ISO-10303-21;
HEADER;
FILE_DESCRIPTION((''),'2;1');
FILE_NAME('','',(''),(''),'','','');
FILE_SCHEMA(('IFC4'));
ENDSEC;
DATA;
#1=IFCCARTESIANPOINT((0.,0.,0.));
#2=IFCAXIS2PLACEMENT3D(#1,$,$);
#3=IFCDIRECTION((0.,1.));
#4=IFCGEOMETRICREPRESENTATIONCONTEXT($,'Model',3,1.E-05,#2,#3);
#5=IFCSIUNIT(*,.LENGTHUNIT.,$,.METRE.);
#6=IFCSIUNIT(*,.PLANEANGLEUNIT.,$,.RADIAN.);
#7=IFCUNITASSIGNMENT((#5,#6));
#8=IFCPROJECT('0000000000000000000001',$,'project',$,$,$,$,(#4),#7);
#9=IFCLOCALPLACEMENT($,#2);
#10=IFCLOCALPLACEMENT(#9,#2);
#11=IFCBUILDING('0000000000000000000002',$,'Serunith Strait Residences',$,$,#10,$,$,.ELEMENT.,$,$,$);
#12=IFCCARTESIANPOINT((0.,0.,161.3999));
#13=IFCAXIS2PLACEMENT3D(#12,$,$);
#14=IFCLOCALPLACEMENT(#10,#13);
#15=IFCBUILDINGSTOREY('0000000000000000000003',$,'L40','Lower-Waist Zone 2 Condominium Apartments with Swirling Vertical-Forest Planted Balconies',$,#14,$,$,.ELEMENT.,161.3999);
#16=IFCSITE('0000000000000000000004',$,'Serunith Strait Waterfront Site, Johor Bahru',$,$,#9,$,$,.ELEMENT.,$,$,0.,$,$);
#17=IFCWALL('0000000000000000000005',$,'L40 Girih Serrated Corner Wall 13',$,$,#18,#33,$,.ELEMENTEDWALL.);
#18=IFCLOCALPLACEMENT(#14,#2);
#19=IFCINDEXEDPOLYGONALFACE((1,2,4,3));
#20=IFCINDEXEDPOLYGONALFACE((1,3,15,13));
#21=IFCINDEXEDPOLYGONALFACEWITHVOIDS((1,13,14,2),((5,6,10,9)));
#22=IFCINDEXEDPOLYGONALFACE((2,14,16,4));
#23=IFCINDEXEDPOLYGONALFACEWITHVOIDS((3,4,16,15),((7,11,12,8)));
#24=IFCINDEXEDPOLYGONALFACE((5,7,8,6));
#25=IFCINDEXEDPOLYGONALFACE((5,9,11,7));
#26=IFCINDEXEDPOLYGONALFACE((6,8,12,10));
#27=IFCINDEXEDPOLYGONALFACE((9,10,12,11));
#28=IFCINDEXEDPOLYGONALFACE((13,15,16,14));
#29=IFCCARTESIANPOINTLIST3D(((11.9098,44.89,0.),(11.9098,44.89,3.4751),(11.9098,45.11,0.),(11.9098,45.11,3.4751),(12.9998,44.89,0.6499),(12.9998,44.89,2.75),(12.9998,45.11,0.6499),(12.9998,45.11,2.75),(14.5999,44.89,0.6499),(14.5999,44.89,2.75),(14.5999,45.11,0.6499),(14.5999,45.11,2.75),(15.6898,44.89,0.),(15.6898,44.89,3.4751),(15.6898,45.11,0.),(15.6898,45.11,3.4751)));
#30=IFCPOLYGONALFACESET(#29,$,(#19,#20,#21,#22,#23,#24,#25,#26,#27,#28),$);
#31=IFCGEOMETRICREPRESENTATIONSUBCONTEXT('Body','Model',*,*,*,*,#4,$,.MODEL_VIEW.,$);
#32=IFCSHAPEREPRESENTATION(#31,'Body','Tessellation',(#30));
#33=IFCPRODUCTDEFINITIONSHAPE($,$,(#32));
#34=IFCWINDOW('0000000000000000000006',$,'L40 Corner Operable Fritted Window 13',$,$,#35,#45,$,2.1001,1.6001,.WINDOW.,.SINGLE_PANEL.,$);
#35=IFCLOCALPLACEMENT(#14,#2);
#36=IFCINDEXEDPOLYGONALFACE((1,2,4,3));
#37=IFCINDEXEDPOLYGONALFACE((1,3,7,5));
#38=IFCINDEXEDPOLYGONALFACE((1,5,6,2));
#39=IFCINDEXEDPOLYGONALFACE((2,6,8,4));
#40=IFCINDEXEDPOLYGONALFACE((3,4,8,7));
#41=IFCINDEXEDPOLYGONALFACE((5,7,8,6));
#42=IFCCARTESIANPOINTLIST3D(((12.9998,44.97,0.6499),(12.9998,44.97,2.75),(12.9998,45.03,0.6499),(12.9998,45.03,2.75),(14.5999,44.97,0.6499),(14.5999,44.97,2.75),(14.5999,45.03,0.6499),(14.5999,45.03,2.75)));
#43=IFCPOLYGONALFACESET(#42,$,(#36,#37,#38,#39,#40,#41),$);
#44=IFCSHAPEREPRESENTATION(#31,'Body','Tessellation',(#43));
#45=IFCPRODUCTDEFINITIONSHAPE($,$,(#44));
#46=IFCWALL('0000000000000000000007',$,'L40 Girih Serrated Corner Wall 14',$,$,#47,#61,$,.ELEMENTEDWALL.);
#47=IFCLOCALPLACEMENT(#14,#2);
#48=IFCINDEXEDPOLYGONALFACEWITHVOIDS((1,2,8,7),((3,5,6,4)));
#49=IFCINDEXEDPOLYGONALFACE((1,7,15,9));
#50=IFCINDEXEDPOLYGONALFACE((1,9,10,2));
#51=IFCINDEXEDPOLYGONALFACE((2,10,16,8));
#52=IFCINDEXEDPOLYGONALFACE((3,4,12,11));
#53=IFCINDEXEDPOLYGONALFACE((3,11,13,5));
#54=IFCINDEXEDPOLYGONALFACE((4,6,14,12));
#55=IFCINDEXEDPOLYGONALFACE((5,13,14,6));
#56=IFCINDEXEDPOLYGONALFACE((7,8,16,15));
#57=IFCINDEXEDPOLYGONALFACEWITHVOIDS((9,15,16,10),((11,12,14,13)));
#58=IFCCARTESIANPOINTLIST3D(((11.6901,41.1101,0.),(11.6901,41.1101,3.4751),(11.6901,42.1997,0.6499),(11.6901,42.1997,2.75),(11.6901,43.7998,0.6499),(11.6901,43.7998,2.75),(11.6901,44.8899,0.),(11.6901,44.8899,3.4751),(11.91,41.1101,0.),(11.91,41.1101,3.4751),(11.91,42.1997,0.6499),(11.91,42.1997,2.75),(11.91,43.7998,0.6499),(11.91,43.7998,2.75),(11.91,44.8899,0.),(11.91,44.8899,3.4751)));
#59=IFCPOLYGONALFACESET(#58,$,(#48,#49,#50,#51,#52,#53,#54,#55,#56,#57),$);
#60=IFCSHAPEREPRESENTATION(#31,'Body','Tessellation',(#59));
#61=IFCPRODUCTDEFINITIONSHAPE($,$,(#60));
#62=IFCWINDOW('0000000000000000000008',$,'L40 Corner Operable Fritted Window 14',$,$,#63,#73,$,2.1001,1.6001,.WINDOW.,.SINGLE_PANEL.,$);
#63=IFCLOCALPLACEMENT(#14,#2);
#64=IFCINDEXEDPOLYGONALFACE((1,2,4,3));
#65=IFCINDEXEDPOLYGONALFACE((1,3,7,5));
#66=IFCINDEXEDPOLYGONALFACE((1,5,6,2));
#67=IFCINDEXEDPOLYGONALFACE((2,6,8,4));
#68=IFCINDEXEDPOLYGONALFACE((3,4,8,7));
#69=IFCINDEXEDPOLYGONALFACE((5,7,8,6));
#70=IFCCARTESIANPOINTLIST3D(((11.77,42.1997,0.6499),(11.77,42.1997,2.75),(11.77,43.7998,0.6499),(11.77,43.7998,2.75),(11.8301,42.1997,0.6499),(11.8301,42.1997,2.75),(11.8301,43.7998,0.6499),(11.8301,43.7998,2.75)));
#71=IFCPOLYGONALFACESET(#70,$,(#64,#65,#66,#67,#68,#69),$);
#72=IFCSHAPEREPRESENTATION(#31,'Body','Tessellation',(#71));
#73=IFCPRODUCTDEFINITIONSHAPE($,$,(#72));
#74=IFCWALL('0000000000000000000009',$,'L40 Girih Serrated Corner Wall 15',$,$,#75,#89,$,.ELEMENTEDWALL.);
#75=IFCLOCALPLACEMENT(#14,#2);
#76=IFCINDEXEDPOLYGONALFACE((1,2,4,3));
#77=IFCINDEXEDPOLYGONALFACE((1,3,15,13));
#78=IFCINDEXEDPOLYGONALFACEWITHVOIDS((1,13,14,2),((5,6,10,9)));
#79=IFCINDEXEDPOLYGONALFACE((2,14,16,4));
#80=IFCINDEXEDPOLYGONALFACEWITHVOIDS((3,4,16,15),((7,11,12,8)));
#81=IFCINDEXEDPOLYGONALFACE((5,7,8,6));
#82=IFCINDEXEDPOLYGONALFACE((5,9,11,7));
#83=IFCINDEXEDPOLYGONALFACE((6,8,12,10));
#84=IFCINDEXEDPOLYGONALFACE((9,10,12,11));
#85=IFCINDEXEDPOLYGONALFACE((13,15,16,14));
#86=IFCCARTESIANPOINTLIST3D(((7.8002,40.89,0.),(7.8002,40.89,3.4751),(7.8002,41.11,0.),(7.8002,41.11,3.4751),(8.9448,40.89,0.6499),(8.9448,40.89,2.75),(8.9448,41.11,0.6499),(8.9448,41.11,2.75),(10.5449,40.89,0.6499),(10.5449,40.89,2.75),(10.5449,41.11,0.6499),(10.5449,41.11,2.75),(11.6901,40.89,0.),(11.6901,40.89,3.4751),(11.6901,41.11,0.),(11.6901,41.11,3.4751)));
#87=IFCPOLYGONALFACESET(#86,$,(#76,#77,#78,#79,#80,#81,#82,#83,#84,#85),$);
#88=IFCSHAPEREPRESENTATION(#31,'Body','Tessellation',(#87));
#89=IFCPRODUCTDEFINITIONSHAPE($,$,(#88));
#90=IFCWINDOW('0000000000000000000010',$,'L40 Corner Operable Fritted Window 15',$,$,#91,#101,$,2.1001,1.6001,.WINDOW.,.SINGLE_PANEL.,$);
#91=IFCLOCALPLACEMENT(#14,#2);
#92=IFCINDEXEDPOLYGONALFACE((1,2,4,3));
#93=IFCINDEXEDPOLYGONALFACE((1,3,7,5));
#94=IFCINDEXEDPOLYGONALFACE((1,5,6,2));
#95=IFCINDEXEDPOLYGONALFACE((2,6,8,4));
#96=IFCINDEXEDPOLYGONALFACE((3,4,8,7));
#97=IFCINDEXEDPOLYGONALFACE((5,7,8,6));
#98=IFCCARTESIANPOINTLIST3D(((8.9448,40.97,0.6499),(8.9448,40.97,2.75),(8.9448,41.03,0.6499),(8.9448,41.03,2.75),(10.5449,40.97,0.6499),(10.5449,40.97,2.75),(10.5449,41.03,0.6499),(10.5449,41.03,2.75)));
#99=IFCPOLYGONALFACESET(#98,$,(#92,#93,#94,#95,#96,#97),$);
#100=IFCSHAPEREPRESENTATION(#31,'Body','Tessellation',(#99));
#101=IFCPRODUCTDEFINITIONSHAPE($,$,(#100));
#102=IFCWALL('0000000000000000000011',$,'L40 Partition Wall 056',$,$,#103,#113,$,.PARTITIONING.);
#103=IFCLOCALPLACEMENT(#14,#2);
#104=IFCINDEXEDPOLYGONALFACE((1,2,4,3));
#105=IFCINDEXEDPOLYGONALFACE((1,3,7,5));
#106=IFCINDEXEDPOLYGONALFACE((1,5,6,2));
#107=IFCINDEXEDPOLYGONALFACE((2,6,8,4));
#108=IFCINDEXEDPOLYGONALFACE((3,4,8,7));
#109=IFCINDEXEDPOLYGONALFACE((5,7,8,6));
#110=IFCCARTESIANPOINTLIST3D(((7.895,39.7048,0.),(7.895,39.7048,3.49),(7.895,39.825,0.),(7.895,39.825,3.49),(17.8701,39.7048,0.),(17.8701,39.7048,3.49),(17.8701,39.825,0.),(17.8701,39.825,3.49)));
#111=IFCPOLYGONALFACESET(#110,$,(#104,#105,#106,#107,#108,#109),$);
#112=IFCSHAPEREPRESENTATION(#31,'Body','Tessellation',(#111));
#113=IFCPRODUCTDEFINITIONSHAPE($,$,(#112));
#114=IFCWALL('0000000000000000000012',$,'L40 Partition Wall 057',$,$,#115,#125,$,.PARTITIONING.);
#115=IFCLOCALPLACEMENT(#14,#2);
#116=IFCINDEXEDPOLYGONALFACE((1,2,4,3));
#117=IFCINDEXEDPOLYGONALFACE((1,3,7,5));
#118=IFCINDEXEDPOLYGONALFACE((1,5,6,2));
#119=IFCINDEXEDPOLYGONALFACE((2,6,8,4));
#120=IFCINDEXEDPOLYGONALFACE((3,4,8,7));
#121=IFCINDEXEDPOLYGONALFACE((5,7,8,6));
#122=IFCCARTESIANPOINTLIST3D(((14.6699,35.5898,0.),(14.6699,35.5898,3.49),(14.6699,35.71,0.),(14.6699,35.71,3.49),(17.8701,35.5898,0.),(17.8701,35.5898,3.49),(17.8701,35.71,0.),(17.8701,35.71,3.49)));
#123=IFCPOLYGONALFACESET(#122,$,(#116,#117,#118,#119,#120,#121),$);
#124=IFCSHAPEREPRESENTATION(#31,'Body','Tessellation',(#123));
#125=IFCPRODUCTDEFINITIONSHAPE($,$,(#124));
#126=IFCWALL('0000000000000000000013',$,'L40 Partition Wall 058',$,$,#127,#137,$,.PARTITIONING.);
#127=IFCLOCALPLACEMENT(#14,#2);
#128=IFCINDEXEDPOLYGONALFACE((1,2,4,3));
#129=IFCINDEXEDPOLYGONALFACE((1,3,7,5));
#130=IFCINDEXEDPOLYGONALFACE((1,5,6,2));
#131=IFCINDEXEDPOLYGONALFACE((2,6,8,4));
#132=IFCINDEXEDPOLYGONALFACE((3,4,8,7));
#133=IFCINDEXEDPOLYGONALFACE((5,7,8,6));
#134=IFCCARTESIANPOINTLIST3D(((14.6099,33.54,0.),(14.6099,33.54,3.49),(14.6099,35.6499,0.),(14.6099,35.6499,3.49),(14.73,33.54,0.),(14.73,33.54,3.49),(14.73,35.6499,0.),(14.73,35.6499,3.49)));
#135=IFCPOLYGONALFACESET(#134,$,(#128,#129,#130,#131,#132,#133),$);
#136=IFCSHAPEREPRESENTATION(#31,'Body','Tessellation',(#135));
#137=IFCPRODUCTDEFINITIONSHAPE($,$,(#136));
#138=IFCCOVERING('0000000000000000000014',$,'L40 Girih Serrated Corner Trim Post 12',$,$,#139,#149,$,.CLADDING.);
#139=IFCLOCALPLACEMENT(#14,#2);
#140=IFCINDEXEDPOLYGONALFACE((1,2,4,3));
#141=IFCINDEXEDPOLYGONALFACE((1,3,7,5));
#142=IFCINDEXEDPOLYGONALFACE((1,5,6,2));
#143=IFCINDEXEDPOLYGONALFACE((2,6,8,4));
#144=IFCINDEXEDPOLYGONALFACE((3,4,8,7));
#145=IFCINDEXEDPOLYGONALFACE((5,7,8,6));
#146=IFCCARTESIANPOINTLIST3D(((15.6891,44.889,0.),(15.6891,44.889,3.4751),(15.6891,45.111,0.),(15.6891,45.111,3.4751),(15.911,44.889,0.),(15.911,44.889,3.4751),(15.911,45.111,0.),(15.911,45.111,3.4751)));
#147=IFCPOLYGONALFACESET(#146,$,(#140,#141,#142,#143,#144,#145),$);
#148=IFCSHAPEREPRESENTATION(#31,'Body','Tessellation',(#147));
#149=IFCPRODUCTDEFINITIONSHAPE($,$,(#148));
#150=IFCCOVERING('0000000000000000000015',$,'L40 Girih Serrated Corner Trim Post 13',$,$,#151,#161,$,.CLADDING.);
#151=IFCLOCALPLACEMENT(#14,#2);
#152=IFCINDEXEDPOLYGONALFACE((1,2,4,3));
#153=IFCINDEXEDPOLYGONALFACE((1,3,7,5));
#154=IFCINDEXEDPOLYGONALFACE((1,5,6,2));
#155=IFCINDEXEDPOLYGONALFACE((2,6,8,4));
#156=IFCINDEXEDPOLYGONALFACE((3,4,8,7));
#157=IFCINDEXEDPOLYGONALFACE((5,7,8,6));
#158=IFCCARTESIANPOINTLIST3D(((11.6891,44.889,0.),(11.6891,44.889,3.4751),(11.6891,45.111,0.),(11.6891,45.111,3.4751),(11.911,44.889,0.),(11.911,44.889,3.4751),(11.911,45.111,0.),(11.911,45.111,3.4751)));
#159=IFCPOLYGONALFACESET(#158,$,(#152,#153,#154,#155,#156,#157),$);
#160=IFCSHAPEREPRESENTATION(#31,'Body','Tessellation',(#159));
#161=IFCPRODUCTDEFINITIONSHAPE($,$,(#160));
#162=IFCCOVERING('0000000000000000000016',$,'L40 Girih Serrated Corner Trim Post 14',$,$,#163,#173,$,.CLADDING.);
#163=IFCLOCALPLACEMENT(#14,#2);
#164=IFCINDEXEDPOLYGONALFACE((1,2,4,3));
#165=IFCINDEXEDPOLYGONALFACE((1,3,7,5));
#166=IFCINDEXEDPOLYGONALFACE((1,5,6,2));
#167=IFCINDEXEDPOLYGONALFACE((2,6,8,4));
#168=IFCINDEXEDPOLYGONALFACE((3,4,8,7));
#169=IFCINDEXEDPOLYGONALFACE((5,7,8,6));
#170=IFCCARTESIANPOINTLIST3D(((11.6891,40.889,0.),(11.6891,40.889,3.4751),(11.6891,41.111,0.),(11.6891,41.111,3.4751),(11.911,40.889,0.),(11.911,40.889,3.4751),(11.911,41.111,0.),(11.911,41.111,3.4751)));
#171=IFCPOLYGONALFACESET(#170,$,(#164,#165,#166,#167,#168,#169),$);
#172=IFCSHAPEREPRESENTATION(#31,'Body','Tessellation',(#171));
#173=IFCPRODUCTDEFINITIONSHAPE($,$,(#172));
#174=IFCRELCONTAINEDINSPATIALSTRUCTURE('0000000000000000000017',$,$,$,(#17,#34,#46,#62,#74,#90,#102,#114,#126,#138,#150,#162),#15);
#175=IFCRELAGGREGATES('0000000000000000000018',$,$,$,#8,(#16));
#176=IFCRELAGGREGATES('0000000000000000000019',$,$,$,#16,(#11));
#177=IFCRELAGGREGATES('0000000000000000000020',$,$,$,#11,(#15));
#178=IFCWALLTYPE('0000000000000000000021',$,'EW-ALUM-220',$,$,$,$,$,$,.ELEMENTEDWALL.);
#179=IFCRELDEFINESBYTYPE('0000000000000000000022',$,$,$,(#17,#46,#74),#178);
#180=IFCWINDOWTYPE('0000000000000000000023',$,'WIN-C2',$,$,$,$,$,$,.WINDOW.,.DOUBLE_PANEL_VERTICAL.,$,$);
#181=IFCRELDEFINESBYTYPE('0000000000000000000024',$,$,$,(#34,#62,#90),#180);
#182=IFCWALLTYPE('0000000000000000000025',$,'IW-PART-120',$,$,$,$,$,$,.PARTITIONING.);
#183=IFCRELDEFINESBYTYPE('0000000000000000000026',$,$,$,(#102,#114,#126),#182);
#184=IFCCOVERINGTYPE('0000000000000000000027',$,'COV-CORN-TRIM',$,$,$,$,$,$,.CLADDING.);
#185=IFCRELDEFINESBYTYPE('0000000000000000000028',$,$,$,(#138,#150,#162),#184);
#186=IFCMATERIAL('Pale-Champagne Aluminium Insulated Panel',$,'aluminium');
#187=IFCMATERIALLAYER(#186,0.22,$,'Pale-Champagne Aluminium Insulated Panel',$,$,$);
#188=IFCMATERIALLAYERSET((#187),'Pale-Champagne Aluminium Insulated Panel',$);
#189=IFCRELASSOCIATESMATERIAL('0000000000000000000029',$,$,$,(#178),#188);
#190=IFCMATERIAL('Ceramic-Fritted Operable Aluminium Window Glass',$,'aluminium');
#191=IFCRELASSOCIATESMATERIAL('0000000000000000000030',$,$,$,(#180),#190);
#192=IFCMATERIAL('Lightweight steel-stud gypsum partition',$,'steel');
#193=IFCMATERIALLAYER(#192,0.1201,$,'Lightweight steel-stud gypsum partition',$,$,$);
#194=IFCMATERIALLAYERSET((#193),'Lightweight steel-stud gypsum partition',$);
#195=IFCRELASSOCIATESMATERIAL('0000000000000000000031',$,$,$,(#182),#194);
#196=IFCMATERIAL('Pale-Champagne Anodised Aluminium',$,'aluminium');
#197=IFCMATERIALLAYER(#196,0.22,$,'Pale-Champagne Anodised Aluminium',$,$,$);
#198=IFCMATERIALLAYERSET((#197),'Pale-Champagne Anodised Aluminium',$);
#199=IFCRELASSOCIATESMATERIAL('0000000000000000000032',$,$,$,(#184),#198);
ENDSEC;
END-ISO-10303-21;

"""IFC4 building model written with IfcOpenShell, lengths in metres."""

from ifc_helpers import new_model, si_unit, direction, frame, frame_2d, origin, origin_2d, place, context, subcontext, project, spatial, rectangle, extrude, source, transform, mapped, material, layer, layer_set, type_object, element, fill, save


model = new_model("IFC4")

# Units and contexts
model_context = context("Model", 3, precision=1e-05, world=origin(), true_north=direction((0.0, 1.0)))
body_context = subcontext(model_context, "Body", "Model", "MODEL_VIEW")
ifc_project = project(units=[si_unit("LENGTHUNIT", "METRE"), si_unit("PLANEANGLEUNIT", "RADIAN")], contexts=[model_context])

# Site, building, storey
site_placement = place(None, origin())
site = spatial("IfcSite", under=ifc_project, at=site_placement, Name="Serunith Strait Waterfront Site, Johor Bahru", CompositionType="ELEMENT", RefElevation=0.0)
building_placement = place(site_placement, origin())
building = spatial("IfcBuilding", under=site, at=building_placement, Name="Serunith Strait Residences", CompositionType="ELEMENT")
storey_placement = place(building_placement, frame((0.0, 0.0, 161.3999)))
storey = spatial("IfcBuildingStorey", under=building, at=storey_placement, Name="L40", Description="Lower-Waist Zone 2 Condominium Apartments with Swirling Vertical-Forest Planted Balconies", CompositionType="ELEMENT", Elevation=161.3999)

# Shared definitions
ifc_material_1 = material(Name="Pale-Champagne Anodised Aluminium", Category="aluminium")

# Walls, openings, windows
ifc_material_2 = material(Name="Pale-Champagne Aluminium Insulated Panel", Category="aluminium")
ifc_layer_1 = layer(ifc_material_2, 0.22, Name="Pale-Champagne Aluminium Insulated Panel")
ifc_layer_set_1 = layer_set([ifc_layer_1], Name="Pale-Champagne Aluminium Insulated Panel")
wall_type_1 = type_object("IfcWallType", Name="EW-ALUM-220", PredefinedType="ELEMENTEDWALL", material=ifc_layer_set_1)
ifc_material_3 = material(Name="Ceramic-Fritted Operable Aluminium Window Glass", Category="aluminium")
window_type = type_object("IfcWindowType", Name="WIN-C2", PartitioningType="DOUBLE_PANEL_VERTICAL", PredefinedType="WINDOW", material=ifc_material_3)
shared_shape_1 = source(origin(), body_context, "Body", "SweptSolid", [
    extrude(rectangle(XDim=1.6001, YDim=2.1001, at=frame_2d((0.8, 1.05))), frame((0.0, 0.03, 0.0), z_axis=(0.0, -1.0, 0.0), x_axis=(1.0, 0.0, 0.0)), (0.0, 0.0, 1.0), 0.0601),
])
wall_1_placement = place(storey_placement, frame((15.6899, 45.0, 0.0), z_axis=(0.0, 0.0, 1.0), x_axis=(-1.0, 0.0, 0.0)))
wall_1 = element("IfcWall", 1, at=wall_1_placement, inside=storey, type_object=wall_type_1, Name="L40 Girih Serrated Corner Wall 13", PredefinedType="ELEMENTEDWALL", context=body_context, shape_type="SweptSolid", body=[
    extrude(rectangle(XDim=3.78, YDim=0.22, at=frame_2d((1.8901, 0.0))), origin(), (0.0, 0.0, 1.0), 3.4751),
])
opening_1_placement = place(wall_1_placement, frame((1.0901, 0.0, 0.6499)))
opening_1 = element("IfcOpeningElement", 2, at=opening_1_placement, cuts=wall_1, PredefinedType="OPENING", context=body_context, shape_type="SweptSolid", body=[
    extrude(rectangle(XDim=1.6001, YDim=2.1001, at=frame_2d((0.8, 1.05))), frame((0.0, 0.1201, 0.0), z_axis=(0.0, -1.0, 0.0), x_axis=(1.0, 0.0, 0.0)), (0.0, 0.0, 1.0), 0.24),
])
window_1_placement = place(opening_1_placement, origin())
window_1 = element("IfcWindow", 3, at=window_1_placement, inside=storey, type_object=window_type, Name="L40 Corner Operable Fritted Window 13", OverallHeight=2.1001, OverallWidth=1.6001, PartitioningType="SINGLE_PANEL", PredefinedType="WINDOW", context=body_context, shape_type="MappedRepresentation", body=[
    mapped(shared_shape_1, transform((0.0, 0.0, 0.0), scale=1.0)),
])
fill(opening_1, window_1)
wall_2_placement = place(storey_placement, frame((11.8, 44.8899, 0.0), z_axis=(0.0, 0.0, 1.0), x_axis=(0.0, -1.0, 0.0)))
wall_2 = element("IfcWall", 4, at=wall_2_placement, inside=storey, type_object=wall_type_1, Name="L40 Girih Serrated Corner Wall 14", PredefinedType="ELEMENTEDWALL", context=body_context, shape_type="SweptSolid", body=[
    extrude(rectangle(XDim=3.7798, YDim=0.22, at=frame_2d((1.8899, 0.0))), origin(), (0.0, 0.0, 1.0), 3.4751),
])
opening_2_placement = place(wall_2_placement, frame((1.0901, 0.0, 0.6499)))
opening_2 = element("IfcOpeningElement", 5, at=opening_2_placement, cuts=wall_2, PredefinedType="OPENING", context=body_context, shape_type="SweptSolid", body=[
    extrude(rectangle(XDim=1.6001, YDim=2.1001, at=frame_2d((0.8, 1.05))), frame((0.0, 0.1201, 0.0), z_axis=(0.0, -1.0, 0.0), x_axis=(1.0, 0.0, 0.0)), (0.0, 0.0, 1.0), 0.24),
])
window_2_placement = place(opening_2_placement, origin())
window_2 = element("IfcWindow", 6, at=window_2_placement, inside=storey, type_object=window_type, Name="L40 Corner Operable Fritted Window 14", OverallHeight=2.1001, OverallWidth=1.6001, PartitioningType="SINGLE_PANEL", PredefinedType="WINDOW", context=body_context, shape_type="MappedRepresentation", body=[
    mapped(shared_shape_1, transform((0.0, 0.0, 0.0), scale=1.0)),
])
fill(opening_2, window_2)
wall_3_placement = place(storey_placement, frame((11.6899, 41.0, 0.0), z_axis=(0.0, 0.0, 1.0), x_axis=(-1.0, 0.0, 0.0)))
wall_3 = element("IfcWall", 7, at=wall_3_placement, inside=storey, type_object=wall_type_1, Name="L40 Girih Serrated Corner Wall 15", PredefinedType="ELEMENTEDWALL", context=body_context, shape_type="SweptSolid", body=[
    extrude(rectangle(XDim=3.8899, YDim=0.22, at=frame_2d((1.9448, 0.0))), origin(), (0.0, 0.0, 1.0), 3.4751),
])
opening_3_placement = place(wall_3_placement, frame((1.145, 0.0, 0.6499)))
opening_3 = element("IfcOpeningElement", 8, at=opening_3_placement, cuts=wall_3, PredefinedType="OPENING", context=body_context, shape_type="SweptSolid", body=[
    extrude(rectangle(XDim=1.6001, YDim=2.1001, at=frame_2d((0.8, 1.05))), frame((0.0, 0.1201, 0.0), z_axis=(0.0, -1.0, 0.0), x_axis=(1.0, 0.0, 0.0)), (0.0, 0.0, 1.0), 0.24),
])
window_3_placement = place(opening_3_placement, origin())
window_3 = element("IfcWindow", 9, at=window_3_placement, inside=storey, type_object=window_type, Name="L40 Corner Operable Fritted Window 15", OverallHeight=2.1001, OverallWidth=1.6001, PartitioningType="SINGLE_PANEL", PredefinedType="WINDOW", context=body_context, shape_type="MappedRepresentation", body=[
    mapped(shared_shape_1, transform((0.0, 0.0, 0.0), scale=1.0)),
])
fill(opening_3, window_3)

# Walls
ifc_material_4 = material(Name="Lightweight steel-stud gypsum partition", Category="steel")
ifc_layer_2 = layer(ifc_material_4, 0.1201, Name="Lightweight steel-stud gypsum partition")
ifc_layer_set_2 = layer_set([ifc_layer_2], Name="Lightweight steel-stud gypsum partition")
wall_type_2 = type_object("IfcWallType", Name="IW-PART-120", PredefinedType="PARTITIONING", material=ifc_layer_set_2)
wall_4_placement = place(storey_placement, frame((7.895, 39.7649, 0.0), z_axis=(0.0, 0.0, 1.0), x_axis=(1.0, 0.0, 0.0)))
element("IfcWall", 10, at=wall_4_placement, inside=storey, type_object=wall_type_2, Name="L40 Partition Wall 056", PredefinedType="PARTITIONING", context=body_context, shape_type="SweptSolid", body=[
    extrude(rectangle(XDim=9.9751, YDim=0.1201, at=frame_2d((4.9875, 0.0))), origin(), (0.0, 0.0, 1.0), 3.49),
])
wall_5_placement = place(storey_placement, frame((14.6699, 35.6499, 0.0), z_axis=(0.0, 0.0, 1.0), x_axis=(1.0, 0.0, 0.0)))
element("IfcWall", 11, at=wall_5_placement, inside=storey, type_object=wall_type_2, Name="L40 Partition Wall 057", PredefinedType="PARTITIONING", context=body_context, shape_type="SweptSolid", body=[
    extrude(rectangle(XDim=3.2002, YDim=0.1201, at=frame_2d((1.6001, 0.0))), origin(), (0.0, 0.0, 1.0), 3.49),
])
wall_6_placement = place(storey_placement, frame((14.6699, 35.6499, 0.0), z_axis=(0.0, 0.0, 1.0), x_axis=(0.0, -1.0, 0.0)))
element("IfcWall", 12, at=wall_6_placement, inside=storey, type_object=wall_type_2, Name="L40 Partition Wall 058", PredefinedType="PARTITIONING", context=body_context, shape_type="SweptSolid", body=[
    extrude(rectangle(XDim=2.1099, YDim=0.1201, at=frame_2d((1.0549, 0.0))), origin(), (0.0, 0.0, 1.0), 3.49),
])

# Coverings
ifc_layer_3 = layer(ifc_material_1, 0.22, Name="Pale-Champagne Anodised Aluminium")
ifc_layer_set_3 = layer_set([ifc_layer_3], Name="Pale-Champagne Anodised Aluminium")
covering_type = type_object("IfcCoveringType", Name="COV-CORN-TRIM", PredefinedType="CLADDING", material=ifc_layer_set_3)
shared_shape_2 = source(origin(), body_context, "Body", "SweptSolid", [
    extrude(rectangle(XDim=0.2219, YDim=0.2219, at=origin_2d()), origin(), (0.0, 0.0, 1.0), 3.4751),
])
for number, where, z_axis, x_axis, name in (
    (13, (15.8, 45.0, 0.0), (0.0, 0.0, 1.0), (1.0, 0.0, 0.0), "L40 Girih Serrated Corner Trim Post 12"),
    (14, (11.8, 45.0, 0.0), (0.0, 0.0, 1.0), (1.0, 0.0, 0.0), "L40 Girih Serrated Corner Trim Post 13"),
    (15, (11.8, 41.0, 0.0), (0.0, 0.0, 1.0), (1.0, 0.0, 0.0), "L40 Girih Serrated Corner Trim Post 14"),
):
    element("IfcCovering", number, at=place(storey_placement, frame(where, z_axis=z_axis, x_axis=x_axis)), inside=storey, type_object=covering_type, Name=name, PredefinedType="CLADDING", context=body_context, shape_type="MappedRepresentation", body=[
        mapped(shared_shape_2, transform((0.0, 0.0, 0.0), scale=1.0)),
    ])

save(model, "model.ifc")
